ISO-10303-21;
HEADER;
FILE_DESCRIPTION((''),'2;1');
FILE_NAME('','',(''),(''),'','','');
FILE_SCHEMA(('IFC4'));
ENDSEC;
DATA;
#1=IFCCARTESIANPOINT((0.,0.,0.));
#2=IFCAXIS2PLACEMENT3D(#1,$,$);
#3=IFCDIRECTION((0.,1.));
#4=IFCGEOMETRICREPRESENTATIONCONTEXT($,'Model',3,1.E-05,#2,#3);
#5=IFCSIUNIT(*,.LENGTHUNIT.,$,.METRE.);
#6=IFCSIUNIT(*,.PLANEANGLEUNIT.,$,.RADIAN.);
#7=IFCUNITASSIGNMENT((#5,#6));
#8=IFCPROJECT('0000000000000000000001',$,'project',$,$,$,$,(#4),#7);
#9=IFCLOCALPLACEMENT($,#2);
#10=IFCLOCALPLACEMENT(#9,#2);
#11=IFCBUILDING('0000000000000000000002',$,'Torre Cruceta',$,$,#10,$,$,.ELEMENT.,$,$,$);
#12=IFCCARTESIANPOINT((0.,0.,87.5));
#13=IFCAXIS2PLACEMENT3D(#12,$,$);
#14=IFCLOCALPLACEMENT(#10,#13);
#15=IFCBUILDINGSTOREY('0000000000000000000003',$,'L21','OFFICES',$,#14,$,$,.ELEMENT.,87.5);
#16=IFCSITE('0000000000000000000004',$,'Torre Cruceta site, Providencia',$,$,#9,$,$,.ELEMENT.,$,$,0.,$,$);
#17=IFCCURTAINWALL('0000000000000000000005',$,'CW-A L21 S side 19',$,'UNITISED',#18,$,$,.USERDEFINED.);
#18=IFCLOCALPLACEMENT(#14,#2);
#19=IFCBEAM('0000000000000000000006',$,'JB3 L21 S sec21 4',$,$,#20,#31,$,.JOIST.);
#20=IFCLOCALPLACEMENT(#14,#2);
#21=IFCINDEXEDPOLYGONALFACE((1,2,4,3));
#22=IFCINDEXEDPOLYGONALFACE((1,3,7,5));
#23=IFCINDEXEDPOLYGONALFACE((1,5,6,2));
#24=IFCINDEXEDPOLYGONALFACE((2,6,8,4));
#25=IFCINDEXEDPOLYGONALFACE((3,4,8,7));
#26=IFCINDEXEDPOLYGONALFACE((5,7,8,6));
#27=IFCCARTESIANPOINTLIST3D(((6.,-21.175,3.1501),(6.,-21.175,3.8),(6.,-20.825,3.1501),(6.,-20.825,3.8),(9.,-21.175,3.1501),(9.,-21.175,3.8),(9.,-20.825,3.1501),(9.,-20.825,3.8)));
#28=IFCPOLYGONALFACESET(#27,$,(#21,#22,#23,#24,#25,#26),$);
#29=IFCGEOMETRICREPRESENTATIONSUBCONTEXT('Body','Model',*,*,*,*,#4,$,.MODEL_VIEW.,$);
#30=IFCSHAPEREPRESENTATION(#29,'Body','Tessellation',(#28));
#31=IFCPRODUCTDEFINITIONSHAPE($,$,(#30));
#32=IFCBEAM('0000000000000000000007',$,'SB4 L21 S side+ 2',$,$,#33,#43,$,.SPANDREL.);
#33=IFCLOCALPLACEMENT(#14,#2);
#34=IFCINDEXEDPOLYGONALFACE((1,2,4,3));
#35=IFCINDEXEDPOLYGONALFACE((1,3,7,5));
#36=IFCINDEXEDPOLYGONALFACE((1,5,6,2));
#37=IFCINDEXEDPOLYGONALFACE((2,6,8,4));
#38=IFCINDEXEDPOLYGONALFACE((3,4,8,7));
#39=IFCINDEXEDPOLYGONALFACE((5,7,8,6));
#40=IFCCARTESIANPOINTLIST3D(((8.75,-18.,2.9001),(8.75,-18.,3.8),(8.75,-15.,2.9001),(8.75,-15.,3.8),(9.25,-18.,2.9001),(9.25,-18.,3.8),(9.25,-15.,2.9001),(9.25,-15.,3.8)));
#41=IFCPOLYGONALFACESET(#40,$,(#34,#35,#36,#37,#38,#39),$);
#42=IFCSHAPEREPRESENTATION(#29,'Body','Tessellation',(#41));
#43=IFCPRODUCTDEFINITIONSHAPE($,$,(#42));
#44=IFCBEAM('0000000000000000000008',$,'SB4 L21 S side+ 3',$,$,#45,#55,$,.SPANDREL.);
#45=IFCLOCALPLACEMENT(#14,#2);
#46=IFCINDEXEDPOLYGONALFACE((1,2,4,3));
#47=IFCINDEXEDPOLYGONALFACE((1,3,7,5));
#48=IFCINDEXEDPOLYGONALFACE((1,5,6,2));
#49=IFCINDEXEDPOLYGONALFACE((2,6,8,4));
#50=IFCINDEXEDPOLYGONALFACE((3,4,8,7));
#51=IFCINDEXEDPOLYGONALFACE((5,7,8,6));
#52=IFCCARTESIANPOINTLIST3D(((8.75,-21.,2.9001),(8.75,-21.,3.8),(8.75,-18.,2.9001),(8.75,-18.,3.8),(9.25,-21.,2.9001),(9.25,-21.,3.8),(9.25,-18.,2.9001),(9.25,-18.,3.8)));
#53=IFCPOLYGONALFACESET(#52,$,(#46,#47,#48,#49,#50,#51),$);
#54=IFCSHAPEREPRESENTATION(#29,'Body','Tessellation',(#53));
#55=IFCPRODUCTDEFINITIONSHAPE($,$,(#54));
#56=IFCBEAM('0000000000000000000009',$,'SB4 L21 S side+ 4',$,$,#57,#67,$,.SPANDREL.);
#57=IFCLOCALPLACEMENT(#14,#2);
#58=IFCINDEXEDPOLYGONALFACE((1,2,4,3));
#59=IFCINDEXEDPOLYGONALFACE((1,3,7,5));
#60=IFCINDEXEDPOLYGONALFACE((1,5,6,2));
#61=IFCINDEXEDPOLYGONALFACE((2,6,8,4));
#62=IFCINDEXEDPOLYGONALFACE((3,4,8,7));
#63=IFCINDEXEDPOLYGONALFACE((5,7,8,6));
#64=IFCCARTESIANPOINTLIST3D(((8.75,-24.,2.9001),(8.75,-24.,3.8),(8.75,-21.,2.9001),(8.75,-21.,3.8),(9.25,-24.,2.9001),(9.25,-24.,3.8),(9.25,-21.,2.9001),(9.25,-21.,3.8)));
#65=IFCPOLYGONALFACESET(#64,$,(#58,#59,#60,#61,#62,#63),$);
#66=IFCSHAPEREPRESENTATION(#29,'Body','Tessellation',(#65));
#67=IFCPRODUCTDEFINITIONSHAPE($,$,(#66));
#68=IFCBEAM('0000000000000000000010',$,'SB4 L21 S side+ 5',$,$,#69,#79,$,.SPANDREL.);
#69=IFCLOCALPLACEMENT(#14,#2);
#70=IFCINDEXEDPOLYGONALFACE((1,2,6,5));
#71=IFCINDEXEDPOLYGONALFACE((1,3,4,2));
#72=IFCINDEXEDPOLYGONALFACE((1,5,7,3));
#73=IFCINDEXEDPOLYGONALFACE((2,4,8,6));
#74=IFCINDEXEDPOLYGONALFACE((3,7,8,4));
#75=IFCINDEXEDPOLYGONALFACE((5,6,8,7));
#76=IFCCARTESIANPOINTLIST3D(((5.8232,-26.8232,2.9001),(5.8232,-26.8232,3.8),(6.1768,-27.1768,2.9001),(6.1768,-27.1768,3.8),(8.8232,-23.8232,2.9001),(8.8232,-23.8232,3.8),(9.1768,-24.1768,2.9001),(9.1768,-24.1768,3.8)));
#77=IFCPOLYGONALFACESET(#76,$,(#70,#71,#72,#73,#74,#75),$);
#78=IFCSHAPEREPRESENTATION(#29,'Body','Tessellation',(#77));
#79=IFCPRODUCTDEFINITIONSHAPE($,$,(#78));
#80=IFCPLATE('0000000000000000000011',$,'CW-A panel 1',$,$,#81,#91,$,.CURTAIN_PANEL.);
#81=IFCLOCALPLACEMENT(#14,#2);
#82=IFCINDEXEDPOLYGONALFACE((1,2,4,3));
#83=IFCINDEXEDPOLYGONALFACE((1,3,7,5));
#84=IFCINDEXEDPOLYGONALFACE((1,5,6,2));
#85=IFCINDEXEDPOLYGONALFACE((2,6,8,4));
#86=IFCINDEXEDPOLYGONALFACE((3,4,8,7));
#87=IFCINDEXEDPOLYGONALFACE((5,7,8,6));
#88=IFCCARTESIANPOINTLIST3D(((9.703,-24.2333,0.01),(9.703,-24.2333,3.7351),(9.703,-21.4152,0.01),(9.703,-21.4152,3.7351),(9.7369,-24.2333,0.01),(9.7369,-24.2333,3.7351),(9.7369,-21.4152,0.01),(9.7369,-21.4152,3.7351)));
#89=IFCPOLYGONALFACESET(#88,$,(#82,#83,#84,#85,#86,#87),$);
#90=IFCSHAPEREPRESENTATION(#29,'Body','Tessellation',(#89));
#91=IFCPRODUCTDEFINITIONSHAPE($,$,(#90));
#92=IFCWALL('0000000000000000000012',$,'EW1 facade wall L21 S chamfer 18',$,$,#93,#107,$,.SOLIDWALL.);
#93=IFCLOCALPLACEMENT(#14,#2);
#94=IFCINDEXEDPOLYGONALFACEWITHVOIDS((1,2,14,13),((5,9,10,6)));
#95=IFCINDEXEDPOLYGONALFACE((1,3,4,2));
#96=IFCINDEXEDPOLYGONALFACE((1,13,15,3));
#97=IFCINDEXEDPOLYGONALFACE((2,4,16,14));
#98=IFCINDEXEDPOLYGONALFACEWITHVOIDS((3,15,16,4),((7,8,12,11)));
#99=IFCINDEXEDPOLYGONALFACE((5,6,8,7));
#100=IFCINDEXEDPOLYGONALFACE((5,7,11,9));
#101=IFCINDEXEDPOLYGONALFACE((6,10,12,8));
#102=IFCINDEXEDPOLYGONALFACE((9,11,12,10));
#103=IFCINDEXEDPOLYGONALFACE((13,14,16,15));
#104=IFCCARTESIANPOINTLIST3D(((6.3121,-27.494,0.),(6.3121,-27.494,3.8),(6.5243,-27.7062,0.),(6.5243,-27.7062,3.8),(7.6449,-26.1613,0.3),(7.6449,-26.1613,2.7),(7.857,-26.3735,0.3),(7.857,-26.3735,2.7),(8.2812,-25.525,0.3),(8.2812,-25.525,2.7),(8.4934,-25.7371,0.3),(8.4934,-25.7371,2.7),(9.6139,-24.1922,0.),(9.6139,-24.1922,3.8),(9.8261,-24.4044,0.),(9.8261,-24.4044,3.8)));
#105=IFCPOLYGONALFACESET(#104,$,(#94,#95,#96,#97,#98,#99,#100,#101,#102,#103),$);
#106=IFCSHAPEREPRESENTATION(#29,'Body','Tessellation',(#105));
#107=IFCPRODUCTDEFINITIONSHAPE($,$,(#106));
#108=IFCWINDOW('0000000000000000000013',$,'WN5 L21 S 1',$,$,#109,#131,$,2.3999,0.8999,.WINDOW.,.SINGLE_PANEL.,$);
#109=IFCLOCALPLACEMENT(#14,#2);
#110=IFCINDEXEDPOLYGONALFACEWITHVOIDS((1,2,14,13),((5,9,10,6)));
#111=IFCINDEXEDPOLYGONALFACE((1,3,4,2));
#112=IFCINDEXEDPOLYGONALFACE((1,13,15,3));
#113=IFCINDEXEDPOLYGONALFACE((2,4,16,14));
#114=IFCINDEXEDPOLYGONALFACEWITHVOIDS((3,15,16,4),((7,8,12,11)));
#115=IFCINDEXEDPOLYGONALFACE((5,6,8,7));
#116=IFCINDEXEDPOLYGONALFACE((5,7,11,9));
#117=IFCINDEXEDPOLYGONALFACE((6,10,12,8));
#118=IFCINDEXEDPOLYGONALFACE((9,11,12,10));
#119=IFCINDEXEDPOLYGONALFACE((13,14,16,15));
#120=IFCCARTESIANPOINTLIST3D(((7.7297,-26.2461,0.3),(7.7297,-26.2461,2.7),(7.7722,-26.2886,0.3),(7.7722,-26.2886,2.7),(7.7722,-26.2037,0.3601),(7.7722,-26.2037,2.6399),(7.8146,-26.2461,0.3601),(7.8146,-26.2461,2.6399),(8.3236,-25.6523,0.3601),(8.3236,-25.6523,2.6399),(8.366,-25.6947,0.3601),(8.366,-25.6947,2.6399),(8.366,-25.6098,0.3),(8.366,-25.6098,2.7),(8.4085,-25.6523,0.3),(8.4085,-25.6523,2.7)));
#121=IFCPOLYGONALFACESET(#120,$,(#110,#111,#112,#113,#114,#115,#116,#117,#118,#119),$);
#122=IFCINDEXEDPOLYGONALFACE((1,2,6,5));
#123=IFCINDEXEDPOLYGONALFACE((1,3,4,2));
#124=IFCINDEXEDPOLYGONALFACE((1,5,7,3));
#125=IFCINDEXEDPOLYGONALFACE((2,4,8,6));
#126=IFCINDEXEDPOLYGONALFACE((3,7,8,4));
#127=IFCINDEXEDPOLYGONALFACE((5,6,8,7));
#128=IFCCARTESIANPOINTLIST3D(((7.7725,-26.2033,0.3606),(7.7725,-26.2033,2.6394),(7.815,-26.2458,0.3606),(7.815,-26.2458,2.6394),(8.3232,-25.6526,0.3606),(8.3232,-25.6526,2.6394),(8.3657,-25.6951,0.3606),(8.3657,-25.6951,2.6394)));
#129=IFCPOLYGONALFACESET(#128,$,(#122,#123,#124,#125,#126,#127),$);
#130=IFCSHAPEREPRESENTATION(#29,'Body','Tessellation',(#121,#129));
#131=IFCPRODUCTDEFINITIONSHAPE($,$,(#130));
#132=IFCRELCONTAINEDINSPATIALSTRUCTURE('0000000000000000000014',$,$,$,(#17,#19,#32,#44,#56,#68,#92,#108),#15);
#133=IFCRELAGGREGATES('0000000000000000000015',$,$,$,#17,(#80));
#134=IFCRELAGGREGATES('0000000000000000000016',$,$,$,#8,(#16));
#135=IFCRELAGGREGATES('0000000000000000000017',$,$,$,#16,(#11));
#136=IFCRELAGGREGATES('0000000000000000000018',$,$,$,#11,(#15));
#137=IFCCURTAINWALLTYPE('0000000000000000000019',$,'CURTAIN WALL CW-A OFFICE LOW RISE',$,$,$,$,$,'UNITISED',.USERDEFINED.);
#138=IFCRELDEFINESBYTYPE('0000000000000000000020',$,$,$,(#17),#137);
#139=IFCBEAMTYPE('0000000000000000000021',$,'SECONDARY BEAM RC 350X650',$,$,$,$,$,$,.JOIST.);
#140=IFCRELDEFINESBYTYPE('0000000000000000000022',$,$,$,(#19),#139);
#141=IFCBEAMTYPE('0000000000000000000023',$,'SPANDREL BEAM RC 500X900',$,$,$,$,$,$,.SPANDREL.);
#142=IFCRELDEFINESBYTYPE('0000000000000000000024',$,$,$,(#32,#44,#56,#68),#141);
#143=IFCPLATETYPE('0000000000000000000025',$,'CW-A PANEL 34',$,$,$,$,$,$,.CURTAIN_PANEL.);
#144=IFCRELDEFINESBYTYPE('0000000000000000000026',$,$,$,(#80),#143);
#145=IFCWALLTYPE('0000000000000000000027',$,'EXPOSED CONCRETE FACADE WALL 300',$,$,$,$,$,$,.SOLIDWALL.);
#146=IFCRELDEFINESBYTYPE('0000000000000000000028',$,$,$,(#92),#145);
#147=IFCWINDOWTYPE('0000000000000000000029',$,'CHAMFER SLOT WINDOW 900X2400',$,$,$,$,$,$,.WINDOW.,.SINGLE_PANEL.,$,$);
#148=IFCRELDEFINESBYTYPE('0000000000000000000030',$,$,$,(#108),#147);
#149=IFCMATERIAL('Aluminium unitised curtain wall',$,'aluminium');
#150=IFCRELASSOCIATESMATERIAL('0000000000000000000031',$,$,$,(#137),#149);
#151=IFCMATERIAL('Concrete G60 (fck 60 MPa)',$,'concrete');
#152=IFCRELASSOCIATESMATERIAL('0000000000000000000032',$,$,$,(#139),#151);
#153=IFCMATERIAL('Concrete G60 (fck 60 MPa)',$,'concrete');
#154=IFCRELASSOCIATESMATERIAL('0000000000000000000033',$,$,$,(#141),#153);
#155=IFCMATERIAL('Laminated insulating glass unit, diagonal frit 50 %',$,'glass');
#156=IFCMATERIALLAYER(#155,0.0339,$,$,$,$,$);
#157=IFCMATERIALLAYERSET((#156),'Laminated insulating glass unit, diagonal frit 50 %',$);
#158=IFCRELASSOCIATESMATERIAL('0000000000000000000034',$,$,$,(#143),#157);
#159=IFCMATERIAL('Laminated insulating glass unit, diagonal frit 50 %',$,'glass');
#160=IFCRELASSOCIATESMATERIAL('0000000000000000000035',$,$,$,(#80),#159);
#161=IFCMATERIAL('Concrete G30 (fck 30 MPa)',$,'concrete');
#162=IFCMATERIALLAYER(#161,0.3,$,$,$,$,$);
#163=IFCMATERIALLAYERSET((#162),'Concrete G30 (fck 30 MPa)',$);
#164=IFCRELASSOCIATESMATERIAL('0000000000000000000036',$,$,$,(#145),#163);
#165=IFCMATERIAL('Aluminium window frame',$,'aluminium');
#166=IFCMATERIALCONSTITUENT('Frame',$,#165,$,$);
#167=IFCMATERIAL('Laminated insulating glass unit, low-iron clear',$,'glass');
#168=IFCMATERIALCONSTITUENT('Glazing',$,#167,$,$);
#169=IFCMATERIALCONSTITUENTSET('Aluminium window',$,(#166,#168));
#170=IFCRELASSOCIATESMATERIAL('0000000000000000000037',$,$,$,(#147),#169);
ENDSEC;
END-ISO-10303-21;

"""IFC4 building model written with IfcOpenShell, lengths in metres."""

from ifc_helpers import new_model, si_unit, direction, frame, frame_2d, origin, origin_2d, place, context, subcontext, project, spatial, rectangle, hollow_rectangle, extrude, material, layer, layer_set, constituent, constituent_set, material_profile, profile_set, type_object, element, fill, aggregate, save


model = new_model("IFC4")

# Units and contexts
model_context = context("Model", 3, precision=1e-05, world=origin(), true_north=direction((0.0, 1.0)))
body_context = subcontext(model_context, "Body", "Model", "MODEL_VIEW")
ifc_project = project(units=[si_unit("LENGTHUNIT", "METRE"), si_unit("PLANEANGLEUNIT", "RADIAN")], contexts=[model_context])

# Site, building, storey
site_placement = place(None, origin())
site = spatial("IfcSite", under=ifc_project, at=site_placement, Name="Torre Cruceta site, Providencia", CompositionType="ELEMENT", RefElevation=0.0)
building_placement = place(site_placement, origin())
building = spatial("IfcBuilding", under=site, at=building_placement, Name="Torre Cruceta", CompositionType="ELEMENT")
storey_placement = place(building_placement, frame((0.0, 0.0, 87.5)))
storey = spatial("IfcBuildingStorey", under=building, at=storey_placement, Name="L21", Description="OFFICES", CompositionType="ELEMENT", Elevation=87.5)

# Curtain wall
ifc_material_1 = material(Name="Aluminium unitised curtain wall", Category="aluminium")
curtain_wall_type = type_object("IfcCurtainWallType", Name="CURTAIN WALL CW-A OFFICE LOW RISE", ElementType="UNITISED", PredefinedType="USERDEFINED", material=ifc_material_1)
curtain_wall_placement = place(storey_placement, origin())
curtain_wall = element("IfcCurtainWall", 1, at=curtain_wall_placement, inside=storey, type_object=curtain_wall_type, Name="CW-A L21 S side 19", ObjectType="UNITISED", PredefinedType="USERDEFINED")

# Beams
ifc_material_2 = material(Name="Concrete G60 (fck 60 MPa)", Category="concrete")
ifc_material_profile_1 = material_profile(ifc_material_2, rectangle(XDim=0.3501, YDim=0.6499, at=origin_2d()), Name="RC 350X650")
ifc_profile_set_1 = profile_set([ifc_material_profile_1], Name="Concrete G60 (fck 60 MPa)")
beam_type_1 = type_object("IfcBeamType", Name="SECONDARY BEAM RC 350X650", PredefinedType="JOIST", material=ifc_profile_set_1)
beam_1_placement = place(storey_placement, frame((6.0, -21.0, 3.4751), z_axis=(1.0, 0.0, 0.0), x_axis=(0.0, 1.0, 0.0)))
element("IfcBeam", 2, at=beam_1_placement, inside=storey, type_object=beam_type_1, Name="JB3 L21 S sec21 4", PredefinedType="JOIST", context=body_context, shape_type="SweptSolid", body=[
    extrude(rectangle(XDim=0.3501, YDim=0.6499, at=origin_2d()), origin(), (0.0, 0.0, 1.0), 3.0),
])
ifc_material_3 = material(Name="Concrete G60 (fck 60 MPa)", Category="concrete")
ifc_material_profile_2 = material_profile(ifc_material_3, rectangle(XDim=0.5, YDim=0.8999, at=origin_2d()), Name="RC 500X900")
ifc_profile_set_2 = profile_set([ifc_material_profile_2], Name="Concrete G60 (fck 60 MPa)")
beam_type_2 = type_object("IfcBeamType", Name="SPANDREL BEAM RC 500X900", PredefinedType="SPANDREL", material=ifc_profile_set_2)
for number, where, z_axis, x_axis, name in (
    (3, (9.0, -15.0, 3.3501), (0.0, -1.0, 0.0), (1.0, 0.0, 0.0), "SB4 L21 S side+ 2"),
    (4, (9.0, -18.0, 3.3501), (0.0, -1.0, 0.0), (1.0, 0.0, 0.0), "SB4 L21 S side+ 3"),
    (5, (9.0, -21.0, 3.3501), (0.0, -1.0, 0.0), (1.0, 0.0, 0.0), "SB4 L21 S side+ 4"),
):
    element("IfcBeam", number, at=place(storey_placement, frame(where, z_axis=z_axis, x_axis=x_axis)), inside=storey, type_object=beam_type_2, Name=name, PredefinedType="SPANDREL", context=body_context, shape_type="SweptSolid", body=[
        extrude(rectangle(XDim=0.5, YDim=0.8999, at=origin_2d()), origin(), (0.0, 0.0, 1.0), 3.0),
    ])
beam_2_placement = place(storey_placement, frame((9.0, -24.0, 3.3501), z_axis=(-0.707107, -0.707107, 0.0), x_axis=(0.707107, -0.707107, 0.0)))
element("IfcBeam", 6, at=beam_2_placement, inside=storey, type_object=beam_type_2, Name="SB4 L21 S side+ 5", PredefinedType="SPANDREL", context=body_context, shape_type="SweptSolid", body=[
    extrude(rectangle(XDim=0.5, YDim=0.8999, at=origin_2d()), origin(), (0.0, 0.0, 1.0), 4.2427),
])

# Plate
ifc_material_4 = material(Name="Laminated insulating glass unit, diagonal frit 50 %", Category="glass")
ifc_material_5 = material(Name="Laminated insulating glass unit, diagonal frit 50 %", Category="glass")
ifc_layer_1 = layer(ifc_material_5, 0.0339)
ifc_layer_set_1 = layer_set([ifc_layer_1], Name="Laminated insulating glass unit, diagonal frit 50 %")
plate_type = type_object("IfcPlateType", Name="CW-A PANEL 34", PredefinedType="CURTAIN_PANEL", material=ifc_layer_set_1)
plate_placement = place(storey_placement, frame((9.72, -22.8242, 0.01), z_axis=(0.0, 0.0, 1.0), x_axis=(0.0, 1.0, 0.0)))
plate = element("IfcPlate", 7, at=plate_placement, type_object=plate_type, material=ifc_material_4, Name="CW-A panel 1", PredefinedType="CURTAIN_PANEL", context=body_context, shape_type="SweptSolid", body=[
    extrude(rectangle(XDim=2.8181, YDim=0.0339, at=origin_2d()), origin(), (0.0, 0.0, 1.0), 3.7251),
])
aggregate(curtain_wall, [plate])

# Wall, opening, window
ifc_material_6 = material(Name="Concrete G30 (fck 30 MPa)", Category="concrete")
ifc_layer_2 = layer(ifc_material_6, 0.3)
ifc_layer_set_2 = layer_set([ifc_layer_2], Name="Concrete G30 (fck 30 MPa)")
wall_type_1 = type_object("IfcWallType", Name="EXPOSED CONCRETE FACADE WALL 300", PredefinedType="SOLIDWALL", material=ifc_layer_set_2)
wall_1_placement = place(storey_placement, frame((6.4182, -27.6001, 0.0), z_axis=(0.0, 0.0, 1.0), x_axis=(0.707107, 0.707107, 0.0)))
wall_1 = element("IfcWall", 8, at=wall_1_placement, inside=storey, type_object=wall_type_1, Name="EW1 facade wall L21 S chamfer 18", PredefinedType="SOLIDWALL", context=body_context, shape_type="SweptSolid", body=[
    extrude(rectangle(XDim=4.6694, YDim=0.3, at=frame_2d((2.3347, 0.0))), origin(), (0.0, 0.0, 1.0), 3.8),
])
opening_1_placement = place(wall_1_placement, frame((1.8848, 0.0, 0.3)))
opening_1 = element("IfcOpeningElement", 9, at=opening_1_placement, cuts=wall_1, PredefinedType="OPENING", context=body_context, shape_type="SweptSolid", body=[
    extrude(rectangle(XDim=0.8999, YDim=2.3999, at=frame_2d((0.45, 1.2))), frame((0.0, 0.1599, 0.0), z_axis=(0.0, -1.0, 0.0), x_axis=(1.0, 0.0, 0.0)), (0.0, 0.0, 1.0), 0.3201),
])
ifc_material_7 = material(Name="Aluminium window frame", Category="aluminium")
ifc_constituent_1 = constituent(ifc_material_7, Name="Frame")
ifc_material_8 = material(Name="Laminated insulating glass unit, low-iron clear", Category="glass")
ifc_constituent_2 = constituent(ifc_material_8, Name="Glazing")
ifc_constituent_set_1 = constituent_set(constituents=[ifc_constituent_1, ifc_constituent_2], Name="Aluminium window")
window_type = type_object("IfcWindowType", Name="CHAMFER SLOT WINDOW 900X2400", PartitioningType="SINGLE_PANEL", PredefinedType="WINDOW", material=ifc_constituent_set_1)
window_placement = place(opening_1_placement, origin())
window = element("IfcWindow", 10, at=window_placement, inside=storey, type_object=window_type, Name="WN5 L21 S 1", OverallHeight=2.3999, OverallWidth=0.8999, PartitioningType="SINGLE_PANEL", PredefinedType="WINDOW", context=body_context, shape_type="SweptSolid", body=[
    extrude(hollow_rectangle(XDim=0.8999, YDim=2.3999, WallThickness=0.0601, at=frame_2d((0.45, 1.2))), frame((0.0, 0.03, 0.0), z_axis=(0.0, -1.0, 0.0), x_axis=(1.0, 0.0, 0.0)), (0.0, 0.0, 1.0), 0.0601),
    extrude(rectangle(XDim=0.7788, YDim=2.2788, at=frame_2d((0.45, 1.2))), frame((0.0, 0.03, 0.0), z_axis=(0.0, -1.0, 0.0), x_axis=(1.0, 0.0, 0.0)), (0.0, 0.0, 1.0), 0.0601),
])
fill(opening_1, window)

save(model, "model.ifc")
